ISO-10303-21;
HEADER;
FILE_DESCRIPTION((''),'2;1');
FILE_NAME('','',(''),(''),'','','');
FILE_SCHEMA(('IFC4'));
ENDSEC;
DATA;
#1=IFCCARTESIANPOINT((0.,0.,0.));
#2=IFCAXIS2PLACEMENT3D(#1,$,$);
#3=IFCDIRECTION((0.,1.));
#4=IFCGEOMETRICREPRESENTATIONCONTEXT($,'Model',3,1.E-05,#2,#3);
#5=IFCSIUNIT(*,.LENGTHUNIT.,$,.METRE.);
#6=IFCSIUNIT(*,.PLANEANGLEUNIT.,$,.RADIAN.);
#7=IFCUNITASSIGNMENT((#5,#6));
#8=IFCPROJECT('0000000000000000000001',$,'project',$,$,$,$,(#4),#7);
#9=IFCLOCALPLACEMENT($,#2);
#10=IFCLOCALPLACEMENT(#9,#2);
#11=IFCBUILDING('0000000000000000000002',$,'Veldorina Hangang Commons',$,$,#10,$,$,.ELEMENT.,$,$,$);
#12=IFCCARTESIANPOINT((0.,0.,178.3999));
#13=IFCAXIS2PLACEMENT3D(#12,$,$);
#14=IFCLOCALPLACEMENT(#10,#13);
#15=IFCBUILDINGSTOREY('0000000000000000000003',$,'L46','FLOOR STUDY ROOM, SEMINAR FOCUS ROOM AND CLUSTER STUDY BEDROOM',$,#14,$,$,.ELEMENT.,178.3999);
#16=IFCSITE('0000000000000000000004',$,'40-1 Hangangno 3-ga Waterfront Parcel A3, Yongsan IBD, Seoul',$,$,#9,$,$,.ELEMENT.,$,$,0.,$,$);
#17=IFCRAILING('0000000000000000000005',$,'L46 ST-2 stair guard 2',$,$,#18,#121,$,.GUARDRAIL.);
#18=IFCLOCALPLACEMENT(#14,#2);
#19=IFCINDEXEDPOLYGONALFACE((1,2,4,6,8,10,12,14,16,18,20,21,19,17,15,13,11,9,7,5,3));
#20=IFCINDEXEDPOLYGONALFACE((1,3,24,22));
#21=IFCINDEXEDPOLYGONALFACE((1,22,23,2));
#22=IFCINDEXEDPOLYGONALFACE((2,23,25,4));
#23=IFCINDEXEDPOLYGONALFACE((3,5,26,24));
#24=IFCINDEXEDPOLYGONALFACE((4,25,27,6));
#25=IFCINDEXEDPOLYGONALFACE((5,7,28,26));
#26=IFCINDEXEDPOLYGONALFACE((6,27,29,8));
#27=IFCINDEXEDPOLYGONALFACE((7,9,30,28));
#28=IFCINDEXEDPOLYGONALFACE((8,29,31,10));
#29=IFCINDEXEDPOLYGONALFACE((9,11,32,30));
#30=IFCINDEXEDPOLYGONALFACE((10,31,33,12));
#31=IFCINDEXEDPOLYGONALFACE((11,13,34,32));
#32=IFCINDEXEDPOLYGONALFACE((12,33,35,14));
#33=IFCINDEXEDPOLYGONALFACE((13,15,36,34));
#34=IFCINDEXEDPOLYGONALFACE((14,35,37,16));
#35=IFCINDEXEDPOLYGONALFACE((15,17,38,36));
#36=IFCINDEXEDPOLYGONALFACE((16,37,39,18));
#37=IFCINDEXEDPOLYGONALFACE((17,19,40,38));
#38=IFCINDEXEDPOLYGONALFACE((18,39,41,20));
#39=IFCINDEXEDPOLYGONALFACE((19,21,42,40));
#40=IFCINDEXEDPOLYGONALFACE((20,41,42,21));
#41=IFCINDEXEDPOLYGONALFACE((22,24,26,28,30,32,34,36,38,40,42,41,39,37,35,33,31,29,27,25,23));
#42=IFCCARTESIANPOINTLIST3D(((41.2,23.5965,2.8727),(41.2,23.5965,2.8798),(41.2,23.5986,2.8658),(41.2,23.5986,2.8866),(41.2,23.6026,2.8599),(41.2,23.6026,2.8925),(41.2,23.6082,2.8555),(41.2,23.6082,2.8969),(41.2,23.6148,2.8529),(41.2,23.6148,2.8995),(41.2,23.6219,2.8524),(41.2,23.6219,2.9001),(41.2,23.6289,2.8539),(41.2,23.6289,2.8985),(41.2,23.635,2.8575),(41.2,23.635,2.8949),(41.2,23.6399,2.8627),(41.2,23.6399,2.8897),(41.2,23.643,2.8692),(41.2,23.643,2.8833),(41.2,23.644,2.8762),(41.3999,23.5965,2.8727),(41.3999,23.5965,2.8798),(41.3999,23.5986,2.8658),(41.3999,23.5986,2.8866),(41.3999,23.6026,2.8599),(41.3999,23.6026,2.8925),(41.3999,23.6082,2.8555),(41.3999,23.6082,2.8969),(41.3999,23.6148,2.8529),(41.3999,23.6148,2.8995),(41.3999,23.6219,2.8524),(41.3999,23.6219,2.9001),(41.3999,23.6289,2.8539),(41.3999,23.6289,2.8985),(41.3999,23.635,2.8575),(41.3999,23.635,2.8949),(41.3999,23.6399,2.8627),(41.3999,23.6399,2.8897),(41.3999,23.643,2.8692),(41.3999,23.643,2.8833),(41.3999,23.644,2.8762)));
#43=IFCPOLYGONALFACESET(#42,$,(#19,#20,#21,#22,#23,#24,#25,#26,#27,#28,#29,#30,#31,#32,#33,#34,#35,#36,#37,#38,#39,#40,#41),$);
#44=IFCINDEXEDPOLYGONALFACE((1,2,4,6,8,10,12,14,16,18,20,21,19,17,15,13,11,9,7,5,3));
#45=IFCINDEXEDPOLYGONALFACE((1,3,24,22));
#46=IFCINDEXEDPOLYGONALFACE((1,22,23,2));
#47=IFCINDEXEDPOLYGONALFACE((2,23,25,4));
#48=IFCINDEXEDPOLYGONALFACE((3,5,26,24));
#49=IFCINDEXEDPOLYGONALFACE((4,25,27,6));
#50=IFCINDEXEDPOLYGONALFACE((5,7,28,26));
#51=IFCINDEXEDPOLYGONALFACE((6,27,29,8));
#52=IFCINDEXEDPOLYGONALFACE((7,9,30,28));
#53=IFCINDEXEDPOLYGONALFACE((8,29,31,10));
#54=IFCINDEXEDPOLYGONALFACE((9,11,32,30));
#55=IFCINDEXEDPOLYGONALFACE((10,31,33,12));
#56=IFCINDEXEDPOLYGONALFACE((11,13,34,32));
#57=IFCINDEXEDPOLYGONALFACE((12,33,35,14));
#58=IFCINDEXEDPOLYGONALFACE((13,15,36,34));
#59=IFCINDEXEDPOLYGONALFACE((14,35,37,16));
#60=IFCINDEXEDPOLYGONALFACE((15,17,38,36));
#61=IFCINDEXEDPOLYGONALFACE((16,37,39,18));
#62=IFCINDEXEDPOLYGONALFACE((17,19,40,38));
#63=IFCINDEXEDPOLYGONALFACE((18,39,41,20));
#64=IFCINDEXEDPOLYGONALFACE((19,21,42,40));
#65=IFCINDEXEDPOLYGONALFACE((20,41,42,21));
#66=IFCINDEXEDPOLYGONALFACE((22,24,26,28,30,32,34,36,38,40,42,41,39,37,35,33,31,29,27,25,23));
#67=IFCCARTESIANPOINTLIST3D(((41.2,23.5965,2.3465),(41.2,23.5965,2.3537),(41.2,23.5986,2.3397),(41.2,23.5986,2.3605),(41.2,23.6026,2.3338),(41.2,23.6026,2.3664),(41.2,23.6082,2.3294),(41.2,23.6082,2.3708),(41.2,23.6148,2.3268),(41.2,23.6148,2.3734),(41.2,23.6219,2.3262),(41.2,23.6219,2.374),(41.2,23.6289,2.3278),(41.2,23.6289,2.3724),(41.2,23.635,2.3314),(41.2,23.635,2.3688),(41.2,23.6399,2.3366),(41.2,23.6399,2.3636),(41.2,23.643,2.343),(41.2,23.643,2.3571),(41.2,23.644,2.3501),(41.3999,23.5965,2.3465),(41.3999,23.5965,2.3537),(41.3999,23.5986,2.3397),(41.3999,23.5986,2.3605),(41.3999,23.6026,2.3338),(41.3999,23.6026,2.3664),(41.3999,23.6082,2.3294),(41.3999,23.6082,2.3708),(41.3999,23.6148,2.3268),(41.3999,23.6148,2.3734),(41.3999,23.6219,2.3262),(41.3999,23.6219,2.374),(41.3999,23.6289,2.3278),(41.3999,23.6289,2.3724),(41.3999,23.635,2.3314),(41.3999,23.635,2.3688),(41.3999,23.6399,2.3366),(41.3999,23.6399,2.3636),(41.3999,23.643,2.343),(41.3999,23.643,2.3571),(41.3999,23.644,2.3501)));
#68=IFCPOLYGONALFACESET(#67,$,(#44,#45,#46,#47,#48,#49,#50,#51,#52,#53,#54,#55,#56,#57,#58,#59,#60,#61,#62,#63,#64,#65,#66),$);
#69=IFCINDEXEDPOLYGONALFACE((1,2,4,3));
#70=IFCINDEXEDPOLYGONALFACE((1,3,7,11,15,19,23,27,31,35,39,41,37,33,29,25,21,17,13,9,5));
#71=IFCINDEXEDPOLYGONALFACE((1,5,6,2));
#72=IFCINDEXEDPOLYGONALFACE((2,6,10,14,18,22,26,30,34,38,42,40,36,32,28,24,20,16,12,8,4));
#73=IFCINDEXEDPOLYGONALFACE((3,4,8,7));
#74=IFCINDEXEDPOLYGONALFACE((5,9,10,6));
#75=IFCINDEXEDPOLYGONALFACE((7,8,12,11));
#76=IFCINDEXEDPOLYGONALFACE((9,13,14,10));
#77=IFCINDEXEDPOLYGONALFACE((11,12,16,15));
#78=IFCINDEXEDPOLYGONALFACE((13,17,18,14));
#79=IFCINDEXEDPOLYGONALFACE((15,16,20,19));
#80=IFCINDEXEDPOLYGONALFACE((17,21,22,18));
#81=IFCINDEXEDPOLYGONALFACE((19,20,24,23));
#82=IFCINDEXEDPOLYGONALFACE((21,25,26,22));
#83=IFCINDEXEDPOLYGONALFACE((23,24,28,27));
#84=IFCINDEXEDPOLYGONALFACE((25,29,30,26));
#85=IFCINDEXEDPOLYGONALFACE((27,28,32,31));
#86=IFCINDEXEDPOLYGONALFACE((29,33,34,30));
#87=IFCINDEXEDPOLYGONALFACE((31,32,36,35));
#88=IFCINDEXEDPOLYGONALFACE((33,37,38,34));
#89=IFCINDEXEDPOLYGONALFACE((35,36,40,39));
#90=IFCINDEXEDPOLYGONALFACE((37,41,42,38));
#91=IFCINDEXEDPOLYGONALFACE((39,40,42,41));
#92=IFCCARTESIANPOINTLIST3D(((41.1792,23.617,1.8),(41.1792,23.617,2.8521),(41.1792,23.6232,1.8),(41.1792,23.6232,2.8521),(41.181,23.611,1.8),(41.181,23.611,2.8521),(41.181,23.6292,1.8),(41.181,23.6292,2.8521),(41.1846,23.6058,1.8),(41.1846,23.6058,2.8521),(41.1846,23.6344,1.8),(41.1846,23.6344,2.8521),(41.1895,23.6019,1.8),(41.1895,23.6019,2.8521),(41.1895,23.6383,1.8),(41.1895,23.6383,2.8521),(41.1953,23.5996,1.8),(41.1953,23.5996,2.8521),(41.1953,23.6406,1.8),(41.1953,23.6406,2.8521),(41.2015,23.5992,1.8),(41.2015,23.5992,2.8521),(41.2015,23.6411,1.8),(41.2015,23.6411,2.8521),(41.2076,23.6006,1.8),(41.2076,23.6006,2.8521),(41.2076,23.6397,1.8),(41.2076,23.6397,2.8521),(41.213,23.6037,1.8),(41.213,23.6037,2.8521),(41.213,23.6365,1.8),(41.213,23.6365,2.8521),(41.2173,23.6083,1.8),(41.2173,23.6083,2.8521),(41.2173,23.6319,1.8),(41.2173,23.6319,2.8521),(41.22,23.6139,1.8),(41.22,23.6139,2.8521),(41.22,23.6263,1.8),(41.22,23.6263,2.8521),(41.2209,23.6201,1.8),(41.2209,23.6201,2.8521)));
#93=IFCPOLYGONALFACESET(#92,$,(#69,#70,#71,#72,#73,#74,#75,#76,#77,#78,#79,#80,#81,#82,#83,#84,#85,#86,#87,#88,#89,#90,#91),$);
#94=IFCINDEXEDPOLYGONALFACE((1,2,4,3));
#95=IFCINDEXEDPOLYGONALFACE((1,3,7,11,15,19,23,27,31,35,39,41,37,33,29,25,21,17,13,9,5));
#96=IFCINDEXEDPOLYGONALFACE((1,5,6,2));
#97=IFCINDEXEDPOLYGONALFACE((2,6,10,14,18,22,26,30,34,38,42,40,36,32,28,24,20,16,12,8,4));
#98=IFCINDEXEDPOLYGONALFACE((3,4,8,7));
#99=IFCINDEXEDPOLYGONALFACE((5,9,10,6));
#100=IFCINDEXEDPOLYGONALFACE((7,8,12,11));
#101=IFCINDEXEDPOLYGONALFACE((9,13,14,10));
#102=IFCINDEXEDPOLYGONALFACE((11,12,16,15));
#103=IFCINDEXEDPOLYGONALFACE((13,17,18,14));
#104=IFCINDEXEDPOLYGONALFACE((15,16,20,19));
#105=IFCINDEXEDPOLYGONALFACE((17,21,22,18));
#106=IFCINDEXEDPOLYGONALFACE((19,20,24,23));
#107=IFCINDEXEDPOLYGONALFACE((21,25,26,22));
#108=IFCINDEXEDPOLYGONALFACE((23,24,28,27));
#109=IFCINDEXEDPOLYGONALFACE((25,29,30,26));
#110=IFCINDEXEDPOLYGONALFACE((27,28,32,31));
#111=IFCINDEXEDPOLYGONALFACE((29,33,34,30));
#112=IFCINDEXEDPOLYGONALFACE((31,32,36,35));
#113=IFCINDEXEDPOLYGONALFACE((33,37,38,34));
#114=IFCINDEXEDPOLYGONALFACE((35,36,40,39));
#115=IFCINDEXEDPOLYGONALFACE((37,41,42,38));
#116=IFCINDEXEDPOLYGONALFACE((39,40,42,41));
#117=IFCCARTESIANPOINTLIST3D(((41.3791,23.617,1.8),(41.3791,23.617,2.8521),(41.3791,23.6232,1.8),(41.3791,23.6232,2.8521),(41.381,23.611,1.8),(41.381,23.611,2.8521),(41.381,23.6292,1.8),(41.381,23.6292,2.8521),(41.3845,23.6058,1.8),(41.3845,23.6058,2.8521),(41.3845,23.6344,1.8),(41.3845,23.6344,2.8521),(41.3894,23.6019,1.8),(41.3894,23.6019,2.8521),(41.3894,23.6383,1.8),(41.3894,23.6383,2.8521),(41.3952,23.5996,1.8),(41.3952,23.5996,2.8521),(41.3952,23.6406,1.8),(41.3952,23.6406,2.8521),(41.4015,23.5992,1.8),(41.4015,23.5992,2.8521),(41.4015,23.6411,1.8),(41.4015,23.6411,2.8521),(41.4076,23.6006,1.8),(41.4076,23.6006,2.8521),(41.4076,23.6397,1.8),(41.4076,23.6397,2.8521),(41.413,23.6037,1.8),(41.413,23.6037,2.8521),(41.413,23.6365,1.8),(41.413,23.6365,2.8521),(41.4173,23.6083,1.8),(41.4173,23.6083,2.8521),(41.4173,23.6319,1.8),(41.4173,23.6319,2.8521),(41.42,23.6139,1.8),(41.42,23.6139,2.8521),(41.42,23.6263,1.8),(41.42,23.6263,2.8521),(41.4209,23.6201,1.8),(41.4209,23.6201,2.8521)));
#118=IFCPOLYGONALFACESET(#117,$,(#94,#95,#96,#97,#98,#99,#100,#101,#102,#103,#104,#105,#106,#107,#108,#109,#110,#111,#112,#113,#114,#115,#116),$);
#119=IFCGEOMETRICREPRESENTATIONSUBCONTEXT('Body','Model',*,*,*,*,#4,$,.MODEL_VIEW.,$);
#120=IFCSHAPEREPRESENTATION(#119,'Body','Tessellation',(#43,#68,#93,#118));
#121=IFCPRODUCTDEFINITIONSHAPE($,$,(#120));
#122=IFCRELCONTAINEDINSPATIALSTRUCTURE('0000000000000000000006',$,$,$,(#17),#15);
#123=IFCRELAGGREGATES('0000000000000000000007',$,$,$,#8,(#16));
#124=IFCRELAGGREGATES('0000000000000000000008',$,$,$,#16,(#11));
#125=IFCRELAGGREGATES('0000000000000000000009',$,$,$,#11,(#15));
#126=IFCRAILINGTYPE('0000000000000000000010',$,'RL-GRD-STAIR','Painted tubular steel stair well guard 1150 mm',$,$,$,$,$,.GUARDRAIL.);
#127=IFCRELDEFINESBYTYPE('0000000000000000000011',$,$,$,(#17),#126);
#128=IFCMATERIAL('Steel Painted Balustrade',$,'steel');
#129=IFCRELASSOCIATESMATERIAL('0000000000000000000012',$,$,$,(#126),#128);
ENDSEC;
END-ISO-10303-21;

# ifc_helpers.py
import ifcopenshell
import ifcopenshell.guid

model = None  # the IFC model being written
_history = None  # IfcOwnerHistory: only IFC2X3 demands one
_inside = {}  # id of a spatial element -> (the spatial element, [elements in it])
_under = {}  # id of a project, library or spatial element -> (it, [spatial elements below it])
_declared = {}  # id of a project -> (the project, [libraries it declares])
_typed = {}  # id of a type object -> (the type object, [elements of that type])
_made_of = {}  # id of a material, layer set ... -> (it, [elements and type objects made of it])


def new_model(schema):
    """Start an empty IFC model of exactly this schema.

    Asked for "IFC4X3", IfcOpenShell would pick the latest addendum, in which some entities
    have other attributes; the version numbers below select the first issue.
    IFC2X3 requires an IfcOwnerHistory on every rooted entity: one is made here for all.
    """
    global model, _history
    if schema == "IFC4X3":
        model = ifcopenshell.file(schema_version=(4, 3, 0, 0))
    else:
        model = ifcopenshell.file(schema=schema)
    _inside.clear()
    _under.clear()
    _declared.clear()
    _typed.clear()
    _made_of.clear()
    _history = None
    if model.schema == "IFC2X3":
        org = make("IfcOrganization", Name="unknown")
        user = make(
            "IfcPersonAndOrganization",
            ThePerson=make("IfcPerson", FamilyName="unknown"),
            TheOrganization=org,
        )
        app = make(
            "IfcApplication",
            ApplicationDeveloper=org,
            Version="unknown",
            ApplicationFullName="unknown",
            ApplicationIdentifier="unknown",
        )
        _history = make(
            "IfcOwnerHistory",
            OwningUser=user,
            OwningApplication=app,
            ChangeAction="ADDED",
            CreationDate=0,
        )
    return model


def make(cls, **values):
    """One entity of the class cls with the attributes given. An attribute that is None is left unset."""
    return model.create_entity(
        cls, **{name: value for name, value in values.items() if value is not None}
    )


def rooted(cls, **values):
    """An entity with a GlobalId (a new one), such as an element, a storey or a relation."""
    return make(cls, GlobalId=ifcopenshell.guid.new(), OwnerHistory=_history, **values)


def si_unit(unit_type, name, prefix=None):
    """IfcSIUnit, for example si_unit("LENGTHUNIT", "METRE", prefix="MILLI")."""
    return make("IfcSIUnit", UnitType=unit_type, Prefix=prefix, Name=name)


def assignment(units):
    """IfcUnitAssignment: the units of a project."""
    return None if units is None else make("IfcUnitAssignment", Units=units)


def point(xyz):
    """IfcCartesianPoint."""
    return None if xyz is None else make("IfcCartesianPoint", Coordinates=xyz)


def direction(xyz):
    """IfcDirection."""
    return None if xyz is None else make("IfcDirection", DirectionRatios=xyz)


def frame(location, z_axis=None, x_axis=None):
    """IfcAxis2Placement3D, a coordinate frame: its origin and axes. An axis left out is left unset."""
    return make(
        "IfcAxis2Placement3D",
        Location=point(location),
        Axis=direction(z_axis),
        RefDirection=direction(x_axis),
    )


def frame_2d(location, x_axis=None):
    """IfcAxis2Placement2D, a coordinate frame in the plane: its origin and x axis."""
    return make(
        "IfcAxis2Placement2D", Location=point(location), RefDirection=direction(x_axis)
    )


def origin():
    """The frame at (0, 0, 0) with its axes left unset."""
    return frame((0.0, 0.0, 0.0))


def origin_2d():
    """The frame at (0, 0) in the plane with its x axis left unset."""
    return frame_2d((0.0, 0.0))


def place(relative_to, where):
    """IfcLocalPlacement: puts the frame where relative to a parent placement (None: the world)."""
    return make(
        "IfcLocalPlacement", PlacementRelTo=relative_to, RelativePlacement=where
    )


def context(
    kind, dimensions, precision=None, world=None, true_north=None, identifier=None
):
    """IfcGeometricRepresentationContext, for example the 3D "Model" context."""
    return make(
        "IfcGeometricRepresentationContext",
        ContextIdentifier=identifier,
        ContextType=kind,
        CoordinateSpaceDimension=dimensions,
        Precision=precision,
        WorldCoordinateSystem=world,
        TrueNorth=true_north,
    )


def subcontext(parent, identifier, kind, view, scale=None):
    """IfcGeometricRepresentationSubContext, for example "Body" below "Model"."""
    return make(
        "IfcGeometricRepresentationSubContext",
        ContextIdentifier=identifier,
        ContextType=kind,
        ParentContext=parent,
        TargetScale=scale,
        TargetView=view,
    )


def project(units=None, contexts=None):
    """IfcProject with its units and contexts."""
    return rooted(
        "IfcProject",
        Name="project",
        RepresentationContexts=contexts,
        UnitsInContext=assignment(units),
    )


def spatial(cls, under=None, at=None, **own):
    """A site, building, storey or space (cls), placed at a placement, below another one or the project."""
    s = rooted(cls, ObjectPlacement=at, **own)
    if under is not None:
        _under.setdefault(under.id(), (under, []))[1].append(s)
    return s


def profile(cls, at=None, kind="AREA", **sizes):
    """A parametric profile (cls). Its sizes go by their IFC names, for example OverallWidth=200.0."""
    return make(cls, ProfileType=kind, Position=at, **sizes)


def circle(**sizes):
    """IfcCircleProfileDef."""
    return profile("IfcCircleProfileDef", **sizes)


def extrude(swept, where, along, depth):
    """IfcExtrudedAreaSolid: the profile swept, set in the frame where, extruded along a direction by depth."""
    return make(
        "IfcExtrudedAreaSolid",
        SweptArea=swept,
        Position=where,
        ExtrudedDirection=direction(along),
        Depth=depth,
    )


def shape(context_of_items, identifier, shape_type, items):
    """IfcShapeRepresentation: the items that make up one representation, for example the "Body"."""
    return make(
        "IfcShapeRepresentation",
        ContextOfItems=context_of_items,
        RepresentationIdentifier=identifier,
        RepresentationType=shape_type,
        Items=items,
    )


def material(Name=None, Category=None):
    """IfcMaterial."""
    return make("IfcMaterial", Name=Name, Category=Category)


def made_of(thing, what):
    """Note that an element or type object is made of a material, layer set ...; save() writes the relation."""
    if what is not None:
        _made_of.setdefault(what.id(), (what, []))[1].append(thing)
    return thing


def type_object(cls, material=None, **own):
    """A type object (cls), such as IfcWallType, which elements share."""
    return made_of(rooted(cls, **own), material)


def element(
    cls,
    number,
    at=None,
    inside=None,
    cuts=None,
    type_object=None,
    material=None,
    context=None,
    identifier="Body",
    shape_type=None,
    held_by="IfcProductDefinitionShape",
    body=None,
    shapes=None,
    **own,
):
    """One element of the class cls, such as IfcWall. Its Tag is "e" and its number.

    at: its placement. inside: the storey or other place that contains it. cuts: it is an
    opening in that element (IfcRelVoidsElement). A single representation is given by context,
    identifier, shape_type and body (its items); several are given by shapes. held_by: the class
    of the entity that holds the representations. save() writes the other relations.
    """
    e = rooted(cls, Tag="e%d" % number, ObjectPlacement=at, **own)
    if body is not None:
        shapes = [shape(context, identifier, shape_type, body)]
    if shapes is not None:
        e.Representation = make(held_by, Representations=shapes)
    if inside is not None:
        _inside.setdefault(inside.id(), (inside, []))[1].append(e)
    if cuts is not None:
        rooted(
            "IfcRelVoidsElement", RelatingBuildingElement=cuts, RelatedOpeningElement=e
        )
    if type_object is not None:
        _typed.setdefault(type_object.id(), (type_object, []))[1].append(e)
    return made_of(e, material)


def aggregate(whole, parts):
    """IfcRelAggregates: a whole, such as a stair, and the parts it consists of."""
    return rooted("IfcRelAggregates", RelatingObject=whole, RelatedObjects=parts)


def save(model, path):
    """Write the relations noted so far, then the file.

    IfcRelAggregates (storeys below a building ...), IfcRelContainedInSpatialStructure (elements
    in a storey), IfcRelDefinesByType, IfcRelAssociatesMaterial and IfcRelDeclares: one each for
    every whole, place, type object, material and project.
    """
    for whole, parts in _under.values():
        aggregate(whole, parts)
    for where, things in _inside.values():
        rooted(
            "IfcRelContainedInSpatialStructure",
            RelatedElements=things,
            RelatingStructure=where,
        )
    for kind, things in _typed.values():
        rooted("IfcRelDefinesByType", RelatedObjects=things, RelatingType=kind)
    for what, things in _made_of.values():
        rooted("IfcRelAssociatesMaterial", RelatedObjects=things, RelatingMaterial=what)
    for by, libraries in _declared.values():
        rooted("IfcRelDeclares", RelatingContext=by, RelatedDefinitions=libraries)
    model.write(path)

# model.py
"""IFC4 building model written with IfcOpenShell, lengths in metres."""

from ifc_helpers import new_model, si_unit, direction, frame, origin, origin_2d, place, context, subcontext, project, spatial, circle, extrude, material, type_object, element, save


model = new_model("IFC4")

# Units and contexts
model_context = context("Model", 3, precision=1e-05, world=origin(), true_north=direction((0.0, 1.0)))
body_context = subcontext(model_context, "Body", "Model", "MODEL_VIEW")
ifc_project = project(units=[si_unit("LENGTHUNIT", "METRE"), si_unit("PLANEANGLEUNIT", "RADIAN")], contexts=[model_context])

# Site, building, storey
site_placement = place(None, origin())
site = spatial("IfcSite", under=ifc_project, at=site_placement, Name="40-1 Hangangno 3-ga Waterfront Parcel A3, Yongsan IBD, Seoul", CompositionType="ELEMENT", RefElevation=0.0)
building_placement = place(site_placement, origin())
building = spatial("IfcBuilding", under=site, at=building_placement, Name="Veldorina Hangang Commons", CompositionType="ELEMENT")
storey_placement = place(building_placement, frame((0.0, 0.0, 178.3999)))
storey = spatial("IfcBuildingStorey", under=building, at=storey_placement, Name="L46", Description="FLOOR STUDY ROOM, SEMINAR FOCUS ROOM AND CLUSTER STUDY BEDROOM", CompositionType="ELEMENT", Elevation=178.3999)

# Railing
ifc_material_1 = material(Name="Steel Painted Balustrade", Category="steel")
railing_type_1 = type_object("IfcRailingType", Name="RL-GRD-STAIR", Description="Painted tubular steel stair well guard 1150 mm", PredefinedType="GUARDRAIL", material=ifc_material_1)
railing_1_placement = place(storey_placement, frame((41.2, 23.6201, 1.8)))
element("IfcRailing", 1, at=railing_1_placement, inside=storey, type_object=railing_type_1, Name="L46 ST-2 stair guard 2", PredefinedType="GUARDRAIL", context=body_context, shape_type="SweptSolid", body=[
    extrude(circle(Radius=0.0239, at=origin_2d()), frame((0.0, 0.0, 1.0762), z_axis=(1.0, 0.0, 0.0), x_axis=(0.0, 1.0, 0.0)), (0.0, 0.0, 1.0), 0.2),
    extrude(circle(Radius=0.0239, at=origin_2d()), frame((0.0, 0.0, 0.55), z_axis=(1.0, 0.0, 0.0), x_axis=(0.0, 1.0, 0.0)), (0.0, 0.0, 1.0), 0.2),
    extrude(circle(Radius=0.021, at=origin_2d()), origin(), (0.0, 0.0, 1.0), 1.052),
    extrude(circle(Radius=0.021, at=origin_2d()), frame((0.2, 0.0, 0.0)), (0.0, 0.0, 1.0), 1.052),
])

save(model, "model.ifc")
